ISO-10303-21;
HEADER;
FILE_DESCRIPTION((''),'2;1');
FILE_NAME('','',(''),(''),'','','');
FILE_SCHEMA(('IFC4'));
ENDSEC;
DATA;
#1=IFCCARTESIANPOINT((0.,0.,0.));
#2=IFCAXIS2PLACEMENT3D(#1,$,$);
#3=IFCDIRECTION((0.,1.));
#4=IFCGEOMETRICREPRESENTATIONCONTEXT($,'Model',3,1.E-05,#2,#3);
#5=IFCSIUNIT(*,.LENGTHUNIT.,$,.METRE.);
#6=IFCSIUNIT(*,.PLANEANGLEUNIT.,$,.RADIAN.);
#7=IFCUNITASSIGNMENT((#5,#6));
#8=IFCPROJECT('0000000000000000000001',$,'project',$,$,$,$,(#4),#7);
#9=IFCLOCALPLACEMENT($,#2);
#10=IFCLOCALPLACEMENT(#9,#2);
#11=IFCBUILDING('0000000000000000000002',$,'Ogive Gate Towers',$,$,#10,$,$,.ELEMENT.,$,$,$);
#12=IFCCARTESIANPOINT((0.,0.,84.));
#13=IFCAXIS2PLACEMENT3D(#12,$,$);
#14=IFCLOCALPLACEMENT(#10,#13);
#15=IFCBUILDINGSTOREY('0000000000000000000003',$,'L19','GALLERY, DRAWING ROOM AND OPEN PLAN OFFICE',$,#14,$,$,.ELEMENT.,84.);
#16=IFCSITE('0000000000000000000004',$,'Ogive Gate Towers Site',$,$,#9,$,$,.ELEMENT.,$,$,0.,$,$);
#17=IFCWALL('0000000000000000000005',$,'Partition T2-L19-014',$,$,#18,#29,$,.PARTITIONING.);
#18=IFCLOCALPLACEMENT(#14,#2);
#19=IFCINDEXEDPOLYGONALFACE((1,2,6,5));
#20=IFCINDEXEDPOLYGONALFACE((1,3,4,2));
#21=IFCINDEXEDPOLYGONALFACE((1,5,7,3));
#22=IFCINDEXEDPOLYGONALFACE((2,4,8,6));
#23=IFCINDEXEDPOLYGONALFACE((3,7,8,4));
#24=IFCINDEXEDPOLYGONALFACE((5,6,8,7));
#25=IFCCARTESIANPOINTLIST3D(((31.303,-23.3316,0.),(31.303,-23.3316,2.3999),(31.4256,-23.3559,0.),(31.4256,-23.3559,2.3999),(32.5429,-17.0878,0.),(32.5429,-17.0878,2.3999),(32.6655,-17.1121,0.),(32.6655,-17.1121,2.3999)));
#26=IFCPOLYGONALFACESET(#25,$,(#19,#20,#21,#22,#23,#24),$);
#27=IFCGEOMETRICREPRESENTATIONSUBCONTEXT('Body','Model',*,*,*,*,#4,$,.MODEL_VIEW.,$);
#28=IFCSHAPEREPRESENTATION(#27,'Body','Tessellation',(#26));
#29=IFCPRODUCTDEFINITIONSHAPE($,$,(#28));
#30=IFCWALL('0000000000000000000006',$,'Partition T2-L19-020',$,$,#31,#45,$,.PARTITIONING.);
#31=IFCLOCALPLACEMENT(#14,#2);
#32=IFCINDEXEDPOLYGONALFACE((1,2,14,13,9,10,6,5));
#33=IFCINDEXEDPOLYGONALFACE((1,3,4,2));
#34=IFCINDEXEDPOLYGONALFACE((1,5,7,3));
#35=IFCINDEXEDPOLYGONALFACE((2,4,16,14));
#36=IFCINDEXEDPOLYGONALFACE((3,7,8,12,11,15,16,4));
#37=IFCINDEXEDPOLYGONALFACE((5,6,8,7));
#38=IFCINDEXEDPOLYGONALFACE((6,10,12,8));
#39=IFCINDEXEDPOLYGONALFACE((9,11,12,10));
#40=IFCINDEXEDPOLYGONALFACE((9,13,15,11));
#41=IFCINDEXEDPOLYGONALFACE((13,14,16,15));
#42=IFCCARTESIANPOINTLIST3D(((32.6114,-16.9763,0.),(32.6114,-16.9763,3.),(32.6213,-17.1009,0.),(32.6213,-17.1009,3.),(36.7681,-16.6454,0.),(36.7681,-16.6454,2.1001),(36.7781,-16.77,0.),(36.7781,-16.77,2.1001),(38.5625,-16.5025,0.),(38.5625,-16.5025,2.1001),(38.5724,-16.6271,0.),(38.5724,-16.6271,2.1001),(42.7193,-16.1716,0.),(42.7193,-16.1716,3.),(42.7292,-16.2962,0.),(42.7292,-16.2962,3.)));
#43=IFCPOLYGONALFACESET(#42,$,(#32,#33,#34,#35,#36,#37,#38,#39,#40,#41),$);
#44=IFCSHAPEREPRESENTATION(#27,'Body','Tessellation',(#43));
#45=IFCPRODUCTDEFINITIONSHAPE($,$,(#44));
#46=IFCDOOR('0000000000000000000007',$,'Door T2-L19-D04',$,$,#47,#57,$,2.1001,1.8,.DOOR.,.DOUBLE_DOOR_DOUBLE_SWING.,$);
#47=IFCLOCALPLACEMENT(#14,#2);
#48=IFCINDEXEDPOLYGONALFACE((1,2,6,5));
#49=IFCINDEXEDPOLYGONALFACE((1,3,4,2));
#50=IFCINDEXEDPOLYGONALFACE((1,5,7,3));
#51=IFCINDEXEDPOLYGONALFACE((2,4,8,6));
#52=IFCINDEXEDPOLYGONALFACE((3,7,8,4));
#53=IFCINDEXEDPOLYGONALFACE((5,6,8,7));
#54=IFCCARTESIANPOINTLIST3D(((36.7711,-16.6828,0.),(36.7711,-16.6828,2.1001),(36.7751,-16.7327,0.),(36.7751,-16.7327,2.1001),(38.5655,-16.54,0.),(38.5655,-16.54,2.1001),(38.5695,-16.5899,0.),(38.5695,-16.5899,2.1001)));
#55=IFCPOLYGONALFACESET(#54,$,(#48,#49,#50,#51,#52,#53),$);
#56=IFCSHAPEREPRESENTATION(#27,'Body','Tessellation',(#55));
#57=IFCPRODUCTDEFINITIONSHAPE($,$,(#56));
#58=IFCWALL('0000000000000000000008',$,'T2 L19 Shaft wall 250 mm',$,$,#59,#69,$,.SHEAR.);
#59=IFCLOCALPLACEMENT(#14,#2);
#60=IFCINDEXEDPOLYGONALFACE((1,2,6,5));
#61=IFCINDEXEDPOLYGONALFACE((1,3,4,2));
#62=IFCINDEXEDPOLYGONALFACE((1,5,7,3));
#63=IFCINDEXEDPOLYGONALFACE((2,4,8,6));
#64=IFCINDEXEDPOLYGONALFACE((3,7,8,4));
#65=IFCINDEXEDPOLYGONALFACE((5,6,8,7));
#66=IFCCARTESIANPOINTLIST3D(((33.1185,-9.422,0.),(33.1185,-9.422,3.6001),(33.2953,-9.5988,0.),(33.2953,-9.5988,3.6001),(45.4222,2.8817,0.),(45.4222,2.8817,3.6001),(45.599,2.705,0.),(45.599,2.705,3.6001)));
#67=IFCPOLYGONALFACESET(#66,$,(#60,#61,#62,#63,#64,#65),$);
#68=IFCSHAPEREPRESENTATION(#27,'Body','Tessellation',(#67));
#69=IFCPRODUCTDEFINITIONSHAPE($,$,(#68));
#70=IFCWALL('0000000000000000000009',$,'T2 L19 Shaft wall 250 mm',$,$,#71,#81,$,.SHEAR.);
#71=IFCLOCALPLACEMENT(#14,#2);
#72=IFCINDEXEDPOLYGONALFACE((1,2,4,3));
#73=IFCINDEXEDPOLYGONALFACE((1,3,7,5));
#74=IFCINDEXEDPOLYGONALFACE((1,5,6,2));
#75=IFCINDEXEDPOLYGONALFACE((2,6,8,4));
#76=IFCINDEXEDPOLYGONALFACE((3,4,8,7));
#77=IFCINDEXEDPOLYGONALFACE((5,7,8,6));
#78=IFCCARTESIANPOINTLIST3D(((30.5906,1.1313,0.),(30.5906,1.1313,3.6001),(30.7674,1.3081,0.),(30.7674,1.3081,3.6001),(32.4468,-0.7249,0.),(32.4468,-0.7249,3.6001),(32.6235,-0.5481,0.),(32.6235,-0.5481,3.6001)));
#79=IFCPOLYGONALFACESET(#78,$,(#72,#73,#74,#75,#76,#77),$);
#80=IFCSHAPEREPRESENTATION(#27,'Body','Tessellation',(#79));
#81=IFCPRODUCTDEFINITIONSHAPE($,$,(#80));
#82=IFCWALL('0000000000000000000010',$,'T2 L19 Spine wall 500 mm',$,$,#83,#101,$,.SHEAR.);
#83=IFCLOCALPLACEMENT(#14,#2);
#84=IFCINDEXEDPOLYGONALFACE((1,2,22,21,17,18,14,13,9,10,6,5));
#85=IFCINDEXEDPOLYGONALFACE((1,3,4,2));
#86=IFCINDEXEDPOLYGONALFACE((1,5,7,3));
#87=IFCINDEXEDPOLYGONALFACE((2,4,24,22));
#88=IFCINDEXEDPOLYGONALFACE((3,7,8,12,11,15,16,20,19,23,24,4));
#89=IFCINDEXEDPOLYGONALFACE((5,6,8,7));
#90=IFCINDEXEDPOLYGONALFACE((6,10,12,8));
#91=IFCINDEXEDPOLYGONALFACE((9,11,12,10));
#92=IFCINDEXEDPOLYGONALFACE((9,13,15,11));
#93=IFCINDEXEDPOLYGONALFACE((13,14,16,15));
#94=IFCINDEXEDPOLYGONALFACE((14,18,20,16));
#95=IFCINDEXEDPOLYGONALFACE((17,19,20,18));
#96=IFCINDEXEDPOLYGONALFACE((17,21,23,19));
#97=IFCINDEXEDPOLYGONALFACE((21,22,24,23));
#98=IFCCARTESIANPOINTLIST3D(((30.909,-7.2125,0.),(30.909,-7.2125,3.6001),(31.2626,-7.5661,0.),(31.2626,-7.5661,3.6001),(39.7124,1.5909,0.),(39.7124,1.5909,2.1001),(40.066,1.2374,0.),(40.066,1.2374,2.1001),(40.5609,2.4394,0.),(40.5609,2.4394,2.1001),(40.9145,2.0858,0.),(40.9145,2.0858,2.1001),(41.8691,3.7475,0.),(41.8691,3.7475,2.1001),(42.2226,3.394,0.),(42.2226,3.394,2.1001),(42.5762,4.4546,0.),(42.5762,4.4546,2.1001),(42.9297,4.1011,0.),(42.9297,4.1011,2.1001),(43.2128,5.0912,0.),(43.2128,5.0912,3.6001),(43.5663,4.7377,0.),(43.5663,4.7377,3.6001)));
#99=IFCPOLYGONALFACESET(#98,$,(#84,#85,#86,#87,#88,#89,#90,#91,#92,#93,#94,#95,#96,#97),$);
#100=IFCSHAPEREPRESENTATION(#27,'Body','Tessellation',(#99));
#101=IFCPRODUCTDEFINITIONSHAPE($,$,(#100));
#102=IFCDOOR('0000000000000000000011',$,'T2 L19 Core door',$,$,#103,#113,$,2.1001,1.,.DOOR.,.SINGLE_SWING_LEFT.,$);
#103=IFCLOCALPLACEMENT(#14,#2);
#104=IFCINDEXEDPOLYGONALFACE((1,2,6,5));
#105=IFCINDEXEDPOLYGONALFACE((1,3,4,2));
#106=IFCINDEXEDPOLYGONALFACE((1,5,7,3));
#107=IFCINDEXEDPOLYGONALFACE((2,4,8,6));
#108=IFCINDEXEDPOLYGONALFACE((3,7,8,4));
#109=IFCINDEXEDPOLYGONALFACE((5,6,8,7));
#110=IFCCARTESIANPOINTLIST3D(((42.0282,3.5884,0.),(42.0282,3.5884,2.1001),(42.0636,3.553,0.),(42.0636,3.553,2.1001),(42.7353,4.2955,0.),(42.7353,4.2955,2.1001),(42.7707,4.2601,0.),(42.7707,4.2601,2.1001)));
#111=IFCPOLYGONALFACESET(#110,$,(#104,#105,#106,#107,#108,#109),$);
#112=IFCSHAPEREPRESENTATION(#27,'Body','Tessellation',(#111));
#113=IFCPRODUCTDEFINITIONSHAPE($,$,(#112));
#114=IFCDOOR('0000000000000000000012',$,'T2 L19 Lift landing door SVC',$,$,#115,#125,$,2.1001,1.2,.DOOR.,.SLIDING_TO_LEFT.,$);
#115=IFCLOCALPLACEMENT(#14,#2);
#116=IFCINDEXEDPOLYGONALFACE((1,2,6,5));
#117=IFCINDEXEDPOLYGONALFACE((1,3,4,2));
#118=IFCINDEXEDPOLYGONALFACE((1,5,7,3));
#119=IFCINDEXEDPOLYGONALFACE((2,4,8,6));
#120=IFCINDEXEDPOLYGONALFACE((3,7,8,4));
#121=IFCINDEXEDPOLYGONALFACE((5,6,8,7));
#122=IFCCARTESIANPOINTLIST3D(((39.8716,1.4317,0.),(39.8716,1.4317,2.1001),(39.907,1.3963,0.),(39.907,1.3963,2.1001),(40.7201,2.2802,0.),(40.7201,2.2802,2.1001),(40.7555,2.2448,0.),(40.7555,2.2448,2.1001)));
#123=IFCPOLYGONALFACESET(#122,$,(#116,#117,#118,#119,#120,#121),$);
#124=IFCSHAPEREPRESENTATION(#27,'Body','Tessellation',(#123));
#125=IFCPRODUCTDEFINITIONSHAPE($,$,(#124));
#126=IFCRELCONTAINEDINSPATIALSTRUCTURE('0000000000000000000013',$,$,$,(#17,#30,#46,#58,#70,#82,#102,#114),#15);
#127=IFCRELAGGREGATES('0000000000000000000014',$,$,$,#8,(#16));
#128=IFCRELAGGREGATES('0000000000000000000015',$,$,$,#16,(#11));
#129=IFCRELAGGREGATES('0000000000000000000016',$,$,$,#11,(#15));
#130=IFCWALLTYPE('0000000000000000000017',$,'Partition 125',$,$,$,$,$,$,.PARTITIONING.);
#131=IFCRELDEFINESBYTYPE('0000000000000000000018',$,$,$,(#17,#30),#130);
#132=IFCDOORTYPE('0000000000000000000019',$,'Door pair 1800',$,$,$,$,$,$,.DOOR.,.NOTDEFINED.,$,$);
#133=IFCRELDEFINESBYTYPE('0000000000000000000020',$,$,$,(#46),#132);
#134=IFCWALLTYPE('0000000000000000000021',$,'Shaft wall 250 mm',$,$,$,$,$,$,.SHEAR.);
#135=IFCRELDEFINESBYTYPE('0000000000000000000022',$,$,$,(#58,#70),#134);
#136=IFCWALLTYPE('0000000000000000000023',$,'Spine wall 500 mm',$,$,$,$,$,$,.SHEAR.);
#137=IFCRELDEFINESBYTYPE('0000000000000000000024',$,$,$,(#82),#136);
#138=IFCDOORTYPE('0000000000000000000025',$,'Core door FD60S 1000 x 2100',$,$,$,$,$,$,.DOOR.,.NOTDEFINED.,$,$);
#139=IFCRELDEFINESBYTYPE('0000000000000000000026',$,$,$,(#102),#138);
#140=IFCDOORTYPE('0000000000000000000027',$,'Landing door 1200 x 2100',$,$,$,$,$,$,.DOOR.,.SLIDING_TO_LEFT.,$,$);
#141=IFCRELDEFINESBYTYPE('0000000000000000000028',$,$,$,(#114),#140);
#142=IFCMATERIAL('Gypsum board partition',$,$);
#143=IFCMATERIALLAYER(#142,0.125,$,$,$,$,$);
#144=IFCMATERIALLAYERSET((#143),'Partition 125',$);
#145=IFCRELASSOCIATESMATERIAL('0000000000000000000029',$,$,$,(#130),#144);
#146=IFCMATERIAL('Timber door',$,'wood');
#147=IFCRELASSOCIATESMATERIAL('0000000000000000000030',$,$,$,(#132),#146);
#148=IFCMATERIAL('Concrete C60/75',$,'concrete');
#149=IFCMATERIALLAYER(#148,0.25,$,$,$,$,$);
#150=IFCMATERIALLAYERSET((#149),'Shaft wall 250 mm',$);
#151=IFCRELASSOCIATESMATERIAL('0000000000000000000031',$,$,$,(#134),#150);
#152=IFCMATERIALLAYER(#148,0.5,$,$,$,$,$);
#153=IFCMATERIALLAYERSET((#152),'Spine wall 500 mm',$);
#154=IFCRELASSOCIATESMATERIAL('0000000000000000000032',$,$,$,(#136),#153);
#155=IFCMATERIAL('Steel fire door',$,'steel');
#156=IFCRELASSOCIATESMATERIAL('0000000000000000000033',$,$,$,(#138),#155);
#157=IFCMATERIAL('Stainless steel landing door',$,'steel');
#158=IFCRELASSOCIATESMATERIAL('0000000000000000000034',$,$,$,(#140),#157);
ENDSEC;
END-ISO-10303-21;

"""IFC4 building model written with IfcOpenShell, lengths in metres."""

from ifc_helpers import new_model, si_unit, direction, frame, frame_2d, origin, place, context, subcontext, project, spatial, rectangle, extrude, material, layer, layer_set, type_object, element, fill, save


model = new_model("IFC4")

# Units and contexts
model_context = context("Model", 3, precision=1e-05, world=origin(), true_north=direction((0.0, 1.0)))
body_context = subcontext(model_context, "Body", "Model", "MODEL_VIEW")
ifc_project = project(units=[si_unit("LENGTHUNIT", "METRE"), si_unit("PLANEANGLEUNIT", "RADIAN")], contexts=[model_context])

# Site, building, storey
site_placement = place(None, origin())
site = spatial("IfcSite", under=ifc_project, at=site_placement, Name="Ogive Gate Towers Site", CompositionType="ELEMENT", RefElevation=0.0)
building_placement = place(site_placement, origin())
building = spatial("IfcBuilding", under=site, at=building_placement, Name="Ogive Gate Towers", CompositionType="ELEMENT")
storey_placement = place(building_placement, frame((0.0, 0.0, 84.0)))
storey = spatial("IfcBuildingStorey", under=building, at=storey_placement, Name="L19", Description="GALLERY, DRAWING ROOM AND OPEN PLAN OFFICE", CompositionType="ELEMENT", Elevation=84.0)

# Wall
ifc_material_1 = material(Name="Gypsum board partition")
ifc_layer_1 = layer(ifc_material_1, 0.125)
ifc_layer_set_1 = layer_set([ifc_layer_1], Name="Partition 125")
wall_type_1 = type_object("IfcWallType", Name="Partition 125", PredefinedType="PARTITIONING", material=ifc_layer_set_1)
wall_1_placement = place(storey_placement, frame((31.3643, -23.3438, 0.0), z_axis=(0.0, 0.0, 1.0), x_axis=(0.194788, 0.980845, 0.0)))
element("IfcWall", 1, at=wall_1_placement, inside=storey, type_object=wall_type_1, Name="Partition T2-L19-014", PredefinedType="PARTITIONING", context=body_context, shape_type="SweptSolid", body=[
    extrude(rectangle(XDim=6.3657, YDim=0.125, at=frame_2d((3.1829, 0.0))), origin(), (0.0, 0.0, 1.0), 2.3999),
])

# Wall, opening, door
wall_2_placement = place(storey_placement, frame((32.6165, -17.0386, 0.0), z_axis=(0.0, 0.0, 1.0), x_axis=(0.996846, 0.079359, 0.0)))
wall_2 = element("IfcWall", 2, at=wall_2_placement, inside=storey, type_object=wall_type_1, Name="Partition T2-L19-020", PredefinedType="PARTITIONING", context=body_context, shape_type="SweptSolid", body=[
    extrude(rectangle(XDim=10.1399, YDim=0.125, at=frame_2d((5.0698, 0.0))), origin(), (0.0, 0.0, 1.0), 3.0),
])
opening_1_placement = place(wall_2_placement, frame((4.1699, 0.0, 0.0)))
opening_1 = element("IfcOpeningElement", 3, at=opening_1_placement, cuts=wall_2, PredefinedType="OPENING", context=body_context, shape_type="SweptSolid", body=[
    extrude(rectangle(XDim=1.8, YDim=2.1001, at=frame_2d((0.8999, 1.05))), frame((0.0, 0.0725, 0.0), z_axis=(0.0, -1.0, 0.0), x_axis=(1.0, 0.0, 0.0)), (0.0, 0.0, 1.0), 0.145),
])
ifc_material_2 = material(Name="Timber door", Category="wood")
door_type_1 = type_object("IfcDoorType", Name="Door pair 1800", OperationType="NOTDEFINED", PredefinedType="DOOR", material=ifc_material_2)
door_1_placement = place(opening_1_placement, origin())
door_1 = element("IfcDoor", 4, at=door_1_placement, inside=storey, type_object=door_type_1, Name="Door T2-L19-D04", OperationType="DOUBLE_DOOR_DOUBLE_SWING", OverallHeight=2.1001, OverallWidth=1.8, PredefinedType="DOOR", context=body_context, shape_type="SweptSolid", body=[
    extrude(rectangle(XDim=1.8, YDim=2.1001, at=frame_2d((0.8999, 1.05))), frame((0.0, 0.0249, 0.0), z_axis=(0.0, -1.0, 0.0), x_axis=(1.0, 0.0, 0.0)), (0.0, 0.0, 1.0), 0.05),
])
fill(opening_1, door_1)

# Walls
ifc_material_3 = material(Name="Concrete C60/75", Category="concrete")
ifc_layer_2 = layer(ifc_material_3, 0.25)
ifc_layer_set_2 = layer_set([ifc_layer_2], Name="Shaft wall 250 mm")
wall_type_2 = type_object("IfcWallType", Name="Shaft wall 250 mm", PredefinedType="SHEAR", material=ifc_layer_set_2)
wall_3_placement = place(storey_placement, frame((33.2068, -9.5105, 0.0), z_axis=(0.0, 0.0, 1.0), x_axis=(0.707107, 0.707107, 0.0)))
element("IfcWall", 5, at=wall_3_placement, inside=storey, type_object=wall_type_2, Name="T2 L19 Shaft wall 250 mm", PredefinedType="SHEAR", context=body_context, shape_type="SweptSolid", body=[
    extrude(rectangle(XDim=17.4001, YDim=0.25, at=frame_2d((8.7002, 0.0))), origin(), (0.0, 0.0, 1.0), 3.6001),
])
wall_4_placement = place(storey_placement, frame((32.5352, -0.6365, 0.0), z_axis=(0.0, 0.0, 1.0), x_axis=(-0.707107, 0.707107, 0.0)))
element("IfcWall", 6, at=wall_4_placement, inside=storey, type_object=wall_type_2, Name="T2 L19 Shaft wall 250 mm", PredefinedType="SHEAR", context=body_context, shape_type="SweptSolid", body=[
    extrude(rectangle(XDim=2.625, YDim=0.25, at=frame_2d((1.3125, 0.0))), origin(), (0.0, 0.0, 1.0), 3.6001),
])

# Wall, openings, doors
ifc_layer_3 = layer(ifc_material_3, 0.5)
ifc_layer_set_3 = layer_set([ifc_layer_3], Name="Spine wall 500 mm")
wall_type_3 = type_object("IfcWallType", Name="Spine wall 500 mm", PredefinedType="SHEAR", material=ifc_layer_set_3)
wall_5_placement = place(storey_placement, frame((31.0857, -7.3894, 0.0), z_axis=(0.0, 0.0, 1.0), x_axis=(0.707107, 0.707107, 0.0)))
wall_5 = element("IfcWall", 7, at=wall_5_placement, inside=storey, type_object=wall_type_3, Name="T2 L19 Spine wall 500 mm", PredefinedType="SHEAR", context=body_context, shape_type="SweptSolid", body=[
    extrude(rectangle(XDim=17.4001, YDim=0.5, at=frame_2d((8.7002, 0.0))), origin(), (0.0, 0.0, 1.0), 3.6001),
])
opening_2_placement = place(wall_5_placement, frame((12.45, 0.0, 0.0)))
opening_2 = element("IfcOpeningElement", 8, at=opening_2_placement, cuts=wall_5, PredefinedType="OPENING", context=body_context, shape_type="SweptSolid", body=[
    extrude(rectangle(XDim=1.2, YDim=2.1001, at=frame_2d((0.6001, 1.05))), frame((0.0, 0.26, 0.0), z_axis=(0.0, -1.0, 0.0), x_axis=(1.0, 0.0, 0.0)), (0.0, 0.0, 1.0), 0.52),
])
opening_3_placement = place(wall_5_placement, frame((15.5, 0.0, 0.0)))
opening_3 = element("IfcOpeningElement", 9, at=opening_3_placement, cuts=wall_5, PredefinedType="OPENING", context=body_context, shape_type="SweptSolid", body=[
    extrude(rectangle(XDim=1.0, YDim=2.1001, at=frame_2d((0.5, 1.05))), frame((0.0, 0.26, 0.0), z_axis=(0.0, -1.0, 0.0), x_axis=(1.0, 0.0, 0.0)), (0.0, 0.0, 1.0), 0.52),
])
ifc_material_4 = material(Name="Steel fire door", Category="steel")
door_type_2 = type_object("IfcDoorType", Name="Core door FD60S 1000 x 2100", OperationType="NOTDEFINED", PredefinedType="DOOR", material=ifc_material_4)
door_2_placement = place(opening_3_placement, origin())
door_2 = element("IfcDoor", 10, at=door_2_placement, inside=storey, type_object=door_type_2, Name="T2 L19 Core door", OperationType="SINGLE_SWING_LEFT", OverallHeight=2.1001, OverallWidth=1.0, PredefinedType="DOOR", context=body_context, shape_type="SweptSolid", body=[
    extrude(rectangle(XDim=1.0, YDim=2.1001, at=frame_2d((0.5, 1.05))), frame((0.0, 0.0249, 0.0), z_axis=(0.0, -1.0, 0.0), x_axis=(1.0, 0.0, 0.0)), (0.0, 0.0, 1.0), 0.05),
])
fill(opening_3, door_2)
ifc_material_5 = material(Name="Stainless steel landing door", Category="steel")
door_type_3 = type_object("IfcDoorType", Name="Landing door 1200 x 2100", OperationType="SLIDING_TO_LEFT", PredefinedType="DOOR", material=ifc_material_5)
door_3_placement = place(opening_2_placement, origin())
door_3 = element("IfcDoor", 11, at=door_3_placement, inside=storey, type_object=door_type_3, Name="T2 L19 Lift landing door SVC", OperationType="SLIDING_TO_LEFT", OverallHeight=2.1001, OverallWidth=1.2, PredefinedType="DOOR", context=body_context, shape_type="SweptSolid", body=[
    extrude(rectangle(XDim=1.2, YDim=2.1001, at=frame_2d((0.6001, 1.05))), frame((0.0, 0.0249, 0.0), z_axis=(0.0, -1.0, 0.0), x_axis=(1.0, 0.0, 0.0)), (0.0, 0.0, 1.0), 0.05),
])
fill(opening_2, door_3)

save(model, "model.ifc")
